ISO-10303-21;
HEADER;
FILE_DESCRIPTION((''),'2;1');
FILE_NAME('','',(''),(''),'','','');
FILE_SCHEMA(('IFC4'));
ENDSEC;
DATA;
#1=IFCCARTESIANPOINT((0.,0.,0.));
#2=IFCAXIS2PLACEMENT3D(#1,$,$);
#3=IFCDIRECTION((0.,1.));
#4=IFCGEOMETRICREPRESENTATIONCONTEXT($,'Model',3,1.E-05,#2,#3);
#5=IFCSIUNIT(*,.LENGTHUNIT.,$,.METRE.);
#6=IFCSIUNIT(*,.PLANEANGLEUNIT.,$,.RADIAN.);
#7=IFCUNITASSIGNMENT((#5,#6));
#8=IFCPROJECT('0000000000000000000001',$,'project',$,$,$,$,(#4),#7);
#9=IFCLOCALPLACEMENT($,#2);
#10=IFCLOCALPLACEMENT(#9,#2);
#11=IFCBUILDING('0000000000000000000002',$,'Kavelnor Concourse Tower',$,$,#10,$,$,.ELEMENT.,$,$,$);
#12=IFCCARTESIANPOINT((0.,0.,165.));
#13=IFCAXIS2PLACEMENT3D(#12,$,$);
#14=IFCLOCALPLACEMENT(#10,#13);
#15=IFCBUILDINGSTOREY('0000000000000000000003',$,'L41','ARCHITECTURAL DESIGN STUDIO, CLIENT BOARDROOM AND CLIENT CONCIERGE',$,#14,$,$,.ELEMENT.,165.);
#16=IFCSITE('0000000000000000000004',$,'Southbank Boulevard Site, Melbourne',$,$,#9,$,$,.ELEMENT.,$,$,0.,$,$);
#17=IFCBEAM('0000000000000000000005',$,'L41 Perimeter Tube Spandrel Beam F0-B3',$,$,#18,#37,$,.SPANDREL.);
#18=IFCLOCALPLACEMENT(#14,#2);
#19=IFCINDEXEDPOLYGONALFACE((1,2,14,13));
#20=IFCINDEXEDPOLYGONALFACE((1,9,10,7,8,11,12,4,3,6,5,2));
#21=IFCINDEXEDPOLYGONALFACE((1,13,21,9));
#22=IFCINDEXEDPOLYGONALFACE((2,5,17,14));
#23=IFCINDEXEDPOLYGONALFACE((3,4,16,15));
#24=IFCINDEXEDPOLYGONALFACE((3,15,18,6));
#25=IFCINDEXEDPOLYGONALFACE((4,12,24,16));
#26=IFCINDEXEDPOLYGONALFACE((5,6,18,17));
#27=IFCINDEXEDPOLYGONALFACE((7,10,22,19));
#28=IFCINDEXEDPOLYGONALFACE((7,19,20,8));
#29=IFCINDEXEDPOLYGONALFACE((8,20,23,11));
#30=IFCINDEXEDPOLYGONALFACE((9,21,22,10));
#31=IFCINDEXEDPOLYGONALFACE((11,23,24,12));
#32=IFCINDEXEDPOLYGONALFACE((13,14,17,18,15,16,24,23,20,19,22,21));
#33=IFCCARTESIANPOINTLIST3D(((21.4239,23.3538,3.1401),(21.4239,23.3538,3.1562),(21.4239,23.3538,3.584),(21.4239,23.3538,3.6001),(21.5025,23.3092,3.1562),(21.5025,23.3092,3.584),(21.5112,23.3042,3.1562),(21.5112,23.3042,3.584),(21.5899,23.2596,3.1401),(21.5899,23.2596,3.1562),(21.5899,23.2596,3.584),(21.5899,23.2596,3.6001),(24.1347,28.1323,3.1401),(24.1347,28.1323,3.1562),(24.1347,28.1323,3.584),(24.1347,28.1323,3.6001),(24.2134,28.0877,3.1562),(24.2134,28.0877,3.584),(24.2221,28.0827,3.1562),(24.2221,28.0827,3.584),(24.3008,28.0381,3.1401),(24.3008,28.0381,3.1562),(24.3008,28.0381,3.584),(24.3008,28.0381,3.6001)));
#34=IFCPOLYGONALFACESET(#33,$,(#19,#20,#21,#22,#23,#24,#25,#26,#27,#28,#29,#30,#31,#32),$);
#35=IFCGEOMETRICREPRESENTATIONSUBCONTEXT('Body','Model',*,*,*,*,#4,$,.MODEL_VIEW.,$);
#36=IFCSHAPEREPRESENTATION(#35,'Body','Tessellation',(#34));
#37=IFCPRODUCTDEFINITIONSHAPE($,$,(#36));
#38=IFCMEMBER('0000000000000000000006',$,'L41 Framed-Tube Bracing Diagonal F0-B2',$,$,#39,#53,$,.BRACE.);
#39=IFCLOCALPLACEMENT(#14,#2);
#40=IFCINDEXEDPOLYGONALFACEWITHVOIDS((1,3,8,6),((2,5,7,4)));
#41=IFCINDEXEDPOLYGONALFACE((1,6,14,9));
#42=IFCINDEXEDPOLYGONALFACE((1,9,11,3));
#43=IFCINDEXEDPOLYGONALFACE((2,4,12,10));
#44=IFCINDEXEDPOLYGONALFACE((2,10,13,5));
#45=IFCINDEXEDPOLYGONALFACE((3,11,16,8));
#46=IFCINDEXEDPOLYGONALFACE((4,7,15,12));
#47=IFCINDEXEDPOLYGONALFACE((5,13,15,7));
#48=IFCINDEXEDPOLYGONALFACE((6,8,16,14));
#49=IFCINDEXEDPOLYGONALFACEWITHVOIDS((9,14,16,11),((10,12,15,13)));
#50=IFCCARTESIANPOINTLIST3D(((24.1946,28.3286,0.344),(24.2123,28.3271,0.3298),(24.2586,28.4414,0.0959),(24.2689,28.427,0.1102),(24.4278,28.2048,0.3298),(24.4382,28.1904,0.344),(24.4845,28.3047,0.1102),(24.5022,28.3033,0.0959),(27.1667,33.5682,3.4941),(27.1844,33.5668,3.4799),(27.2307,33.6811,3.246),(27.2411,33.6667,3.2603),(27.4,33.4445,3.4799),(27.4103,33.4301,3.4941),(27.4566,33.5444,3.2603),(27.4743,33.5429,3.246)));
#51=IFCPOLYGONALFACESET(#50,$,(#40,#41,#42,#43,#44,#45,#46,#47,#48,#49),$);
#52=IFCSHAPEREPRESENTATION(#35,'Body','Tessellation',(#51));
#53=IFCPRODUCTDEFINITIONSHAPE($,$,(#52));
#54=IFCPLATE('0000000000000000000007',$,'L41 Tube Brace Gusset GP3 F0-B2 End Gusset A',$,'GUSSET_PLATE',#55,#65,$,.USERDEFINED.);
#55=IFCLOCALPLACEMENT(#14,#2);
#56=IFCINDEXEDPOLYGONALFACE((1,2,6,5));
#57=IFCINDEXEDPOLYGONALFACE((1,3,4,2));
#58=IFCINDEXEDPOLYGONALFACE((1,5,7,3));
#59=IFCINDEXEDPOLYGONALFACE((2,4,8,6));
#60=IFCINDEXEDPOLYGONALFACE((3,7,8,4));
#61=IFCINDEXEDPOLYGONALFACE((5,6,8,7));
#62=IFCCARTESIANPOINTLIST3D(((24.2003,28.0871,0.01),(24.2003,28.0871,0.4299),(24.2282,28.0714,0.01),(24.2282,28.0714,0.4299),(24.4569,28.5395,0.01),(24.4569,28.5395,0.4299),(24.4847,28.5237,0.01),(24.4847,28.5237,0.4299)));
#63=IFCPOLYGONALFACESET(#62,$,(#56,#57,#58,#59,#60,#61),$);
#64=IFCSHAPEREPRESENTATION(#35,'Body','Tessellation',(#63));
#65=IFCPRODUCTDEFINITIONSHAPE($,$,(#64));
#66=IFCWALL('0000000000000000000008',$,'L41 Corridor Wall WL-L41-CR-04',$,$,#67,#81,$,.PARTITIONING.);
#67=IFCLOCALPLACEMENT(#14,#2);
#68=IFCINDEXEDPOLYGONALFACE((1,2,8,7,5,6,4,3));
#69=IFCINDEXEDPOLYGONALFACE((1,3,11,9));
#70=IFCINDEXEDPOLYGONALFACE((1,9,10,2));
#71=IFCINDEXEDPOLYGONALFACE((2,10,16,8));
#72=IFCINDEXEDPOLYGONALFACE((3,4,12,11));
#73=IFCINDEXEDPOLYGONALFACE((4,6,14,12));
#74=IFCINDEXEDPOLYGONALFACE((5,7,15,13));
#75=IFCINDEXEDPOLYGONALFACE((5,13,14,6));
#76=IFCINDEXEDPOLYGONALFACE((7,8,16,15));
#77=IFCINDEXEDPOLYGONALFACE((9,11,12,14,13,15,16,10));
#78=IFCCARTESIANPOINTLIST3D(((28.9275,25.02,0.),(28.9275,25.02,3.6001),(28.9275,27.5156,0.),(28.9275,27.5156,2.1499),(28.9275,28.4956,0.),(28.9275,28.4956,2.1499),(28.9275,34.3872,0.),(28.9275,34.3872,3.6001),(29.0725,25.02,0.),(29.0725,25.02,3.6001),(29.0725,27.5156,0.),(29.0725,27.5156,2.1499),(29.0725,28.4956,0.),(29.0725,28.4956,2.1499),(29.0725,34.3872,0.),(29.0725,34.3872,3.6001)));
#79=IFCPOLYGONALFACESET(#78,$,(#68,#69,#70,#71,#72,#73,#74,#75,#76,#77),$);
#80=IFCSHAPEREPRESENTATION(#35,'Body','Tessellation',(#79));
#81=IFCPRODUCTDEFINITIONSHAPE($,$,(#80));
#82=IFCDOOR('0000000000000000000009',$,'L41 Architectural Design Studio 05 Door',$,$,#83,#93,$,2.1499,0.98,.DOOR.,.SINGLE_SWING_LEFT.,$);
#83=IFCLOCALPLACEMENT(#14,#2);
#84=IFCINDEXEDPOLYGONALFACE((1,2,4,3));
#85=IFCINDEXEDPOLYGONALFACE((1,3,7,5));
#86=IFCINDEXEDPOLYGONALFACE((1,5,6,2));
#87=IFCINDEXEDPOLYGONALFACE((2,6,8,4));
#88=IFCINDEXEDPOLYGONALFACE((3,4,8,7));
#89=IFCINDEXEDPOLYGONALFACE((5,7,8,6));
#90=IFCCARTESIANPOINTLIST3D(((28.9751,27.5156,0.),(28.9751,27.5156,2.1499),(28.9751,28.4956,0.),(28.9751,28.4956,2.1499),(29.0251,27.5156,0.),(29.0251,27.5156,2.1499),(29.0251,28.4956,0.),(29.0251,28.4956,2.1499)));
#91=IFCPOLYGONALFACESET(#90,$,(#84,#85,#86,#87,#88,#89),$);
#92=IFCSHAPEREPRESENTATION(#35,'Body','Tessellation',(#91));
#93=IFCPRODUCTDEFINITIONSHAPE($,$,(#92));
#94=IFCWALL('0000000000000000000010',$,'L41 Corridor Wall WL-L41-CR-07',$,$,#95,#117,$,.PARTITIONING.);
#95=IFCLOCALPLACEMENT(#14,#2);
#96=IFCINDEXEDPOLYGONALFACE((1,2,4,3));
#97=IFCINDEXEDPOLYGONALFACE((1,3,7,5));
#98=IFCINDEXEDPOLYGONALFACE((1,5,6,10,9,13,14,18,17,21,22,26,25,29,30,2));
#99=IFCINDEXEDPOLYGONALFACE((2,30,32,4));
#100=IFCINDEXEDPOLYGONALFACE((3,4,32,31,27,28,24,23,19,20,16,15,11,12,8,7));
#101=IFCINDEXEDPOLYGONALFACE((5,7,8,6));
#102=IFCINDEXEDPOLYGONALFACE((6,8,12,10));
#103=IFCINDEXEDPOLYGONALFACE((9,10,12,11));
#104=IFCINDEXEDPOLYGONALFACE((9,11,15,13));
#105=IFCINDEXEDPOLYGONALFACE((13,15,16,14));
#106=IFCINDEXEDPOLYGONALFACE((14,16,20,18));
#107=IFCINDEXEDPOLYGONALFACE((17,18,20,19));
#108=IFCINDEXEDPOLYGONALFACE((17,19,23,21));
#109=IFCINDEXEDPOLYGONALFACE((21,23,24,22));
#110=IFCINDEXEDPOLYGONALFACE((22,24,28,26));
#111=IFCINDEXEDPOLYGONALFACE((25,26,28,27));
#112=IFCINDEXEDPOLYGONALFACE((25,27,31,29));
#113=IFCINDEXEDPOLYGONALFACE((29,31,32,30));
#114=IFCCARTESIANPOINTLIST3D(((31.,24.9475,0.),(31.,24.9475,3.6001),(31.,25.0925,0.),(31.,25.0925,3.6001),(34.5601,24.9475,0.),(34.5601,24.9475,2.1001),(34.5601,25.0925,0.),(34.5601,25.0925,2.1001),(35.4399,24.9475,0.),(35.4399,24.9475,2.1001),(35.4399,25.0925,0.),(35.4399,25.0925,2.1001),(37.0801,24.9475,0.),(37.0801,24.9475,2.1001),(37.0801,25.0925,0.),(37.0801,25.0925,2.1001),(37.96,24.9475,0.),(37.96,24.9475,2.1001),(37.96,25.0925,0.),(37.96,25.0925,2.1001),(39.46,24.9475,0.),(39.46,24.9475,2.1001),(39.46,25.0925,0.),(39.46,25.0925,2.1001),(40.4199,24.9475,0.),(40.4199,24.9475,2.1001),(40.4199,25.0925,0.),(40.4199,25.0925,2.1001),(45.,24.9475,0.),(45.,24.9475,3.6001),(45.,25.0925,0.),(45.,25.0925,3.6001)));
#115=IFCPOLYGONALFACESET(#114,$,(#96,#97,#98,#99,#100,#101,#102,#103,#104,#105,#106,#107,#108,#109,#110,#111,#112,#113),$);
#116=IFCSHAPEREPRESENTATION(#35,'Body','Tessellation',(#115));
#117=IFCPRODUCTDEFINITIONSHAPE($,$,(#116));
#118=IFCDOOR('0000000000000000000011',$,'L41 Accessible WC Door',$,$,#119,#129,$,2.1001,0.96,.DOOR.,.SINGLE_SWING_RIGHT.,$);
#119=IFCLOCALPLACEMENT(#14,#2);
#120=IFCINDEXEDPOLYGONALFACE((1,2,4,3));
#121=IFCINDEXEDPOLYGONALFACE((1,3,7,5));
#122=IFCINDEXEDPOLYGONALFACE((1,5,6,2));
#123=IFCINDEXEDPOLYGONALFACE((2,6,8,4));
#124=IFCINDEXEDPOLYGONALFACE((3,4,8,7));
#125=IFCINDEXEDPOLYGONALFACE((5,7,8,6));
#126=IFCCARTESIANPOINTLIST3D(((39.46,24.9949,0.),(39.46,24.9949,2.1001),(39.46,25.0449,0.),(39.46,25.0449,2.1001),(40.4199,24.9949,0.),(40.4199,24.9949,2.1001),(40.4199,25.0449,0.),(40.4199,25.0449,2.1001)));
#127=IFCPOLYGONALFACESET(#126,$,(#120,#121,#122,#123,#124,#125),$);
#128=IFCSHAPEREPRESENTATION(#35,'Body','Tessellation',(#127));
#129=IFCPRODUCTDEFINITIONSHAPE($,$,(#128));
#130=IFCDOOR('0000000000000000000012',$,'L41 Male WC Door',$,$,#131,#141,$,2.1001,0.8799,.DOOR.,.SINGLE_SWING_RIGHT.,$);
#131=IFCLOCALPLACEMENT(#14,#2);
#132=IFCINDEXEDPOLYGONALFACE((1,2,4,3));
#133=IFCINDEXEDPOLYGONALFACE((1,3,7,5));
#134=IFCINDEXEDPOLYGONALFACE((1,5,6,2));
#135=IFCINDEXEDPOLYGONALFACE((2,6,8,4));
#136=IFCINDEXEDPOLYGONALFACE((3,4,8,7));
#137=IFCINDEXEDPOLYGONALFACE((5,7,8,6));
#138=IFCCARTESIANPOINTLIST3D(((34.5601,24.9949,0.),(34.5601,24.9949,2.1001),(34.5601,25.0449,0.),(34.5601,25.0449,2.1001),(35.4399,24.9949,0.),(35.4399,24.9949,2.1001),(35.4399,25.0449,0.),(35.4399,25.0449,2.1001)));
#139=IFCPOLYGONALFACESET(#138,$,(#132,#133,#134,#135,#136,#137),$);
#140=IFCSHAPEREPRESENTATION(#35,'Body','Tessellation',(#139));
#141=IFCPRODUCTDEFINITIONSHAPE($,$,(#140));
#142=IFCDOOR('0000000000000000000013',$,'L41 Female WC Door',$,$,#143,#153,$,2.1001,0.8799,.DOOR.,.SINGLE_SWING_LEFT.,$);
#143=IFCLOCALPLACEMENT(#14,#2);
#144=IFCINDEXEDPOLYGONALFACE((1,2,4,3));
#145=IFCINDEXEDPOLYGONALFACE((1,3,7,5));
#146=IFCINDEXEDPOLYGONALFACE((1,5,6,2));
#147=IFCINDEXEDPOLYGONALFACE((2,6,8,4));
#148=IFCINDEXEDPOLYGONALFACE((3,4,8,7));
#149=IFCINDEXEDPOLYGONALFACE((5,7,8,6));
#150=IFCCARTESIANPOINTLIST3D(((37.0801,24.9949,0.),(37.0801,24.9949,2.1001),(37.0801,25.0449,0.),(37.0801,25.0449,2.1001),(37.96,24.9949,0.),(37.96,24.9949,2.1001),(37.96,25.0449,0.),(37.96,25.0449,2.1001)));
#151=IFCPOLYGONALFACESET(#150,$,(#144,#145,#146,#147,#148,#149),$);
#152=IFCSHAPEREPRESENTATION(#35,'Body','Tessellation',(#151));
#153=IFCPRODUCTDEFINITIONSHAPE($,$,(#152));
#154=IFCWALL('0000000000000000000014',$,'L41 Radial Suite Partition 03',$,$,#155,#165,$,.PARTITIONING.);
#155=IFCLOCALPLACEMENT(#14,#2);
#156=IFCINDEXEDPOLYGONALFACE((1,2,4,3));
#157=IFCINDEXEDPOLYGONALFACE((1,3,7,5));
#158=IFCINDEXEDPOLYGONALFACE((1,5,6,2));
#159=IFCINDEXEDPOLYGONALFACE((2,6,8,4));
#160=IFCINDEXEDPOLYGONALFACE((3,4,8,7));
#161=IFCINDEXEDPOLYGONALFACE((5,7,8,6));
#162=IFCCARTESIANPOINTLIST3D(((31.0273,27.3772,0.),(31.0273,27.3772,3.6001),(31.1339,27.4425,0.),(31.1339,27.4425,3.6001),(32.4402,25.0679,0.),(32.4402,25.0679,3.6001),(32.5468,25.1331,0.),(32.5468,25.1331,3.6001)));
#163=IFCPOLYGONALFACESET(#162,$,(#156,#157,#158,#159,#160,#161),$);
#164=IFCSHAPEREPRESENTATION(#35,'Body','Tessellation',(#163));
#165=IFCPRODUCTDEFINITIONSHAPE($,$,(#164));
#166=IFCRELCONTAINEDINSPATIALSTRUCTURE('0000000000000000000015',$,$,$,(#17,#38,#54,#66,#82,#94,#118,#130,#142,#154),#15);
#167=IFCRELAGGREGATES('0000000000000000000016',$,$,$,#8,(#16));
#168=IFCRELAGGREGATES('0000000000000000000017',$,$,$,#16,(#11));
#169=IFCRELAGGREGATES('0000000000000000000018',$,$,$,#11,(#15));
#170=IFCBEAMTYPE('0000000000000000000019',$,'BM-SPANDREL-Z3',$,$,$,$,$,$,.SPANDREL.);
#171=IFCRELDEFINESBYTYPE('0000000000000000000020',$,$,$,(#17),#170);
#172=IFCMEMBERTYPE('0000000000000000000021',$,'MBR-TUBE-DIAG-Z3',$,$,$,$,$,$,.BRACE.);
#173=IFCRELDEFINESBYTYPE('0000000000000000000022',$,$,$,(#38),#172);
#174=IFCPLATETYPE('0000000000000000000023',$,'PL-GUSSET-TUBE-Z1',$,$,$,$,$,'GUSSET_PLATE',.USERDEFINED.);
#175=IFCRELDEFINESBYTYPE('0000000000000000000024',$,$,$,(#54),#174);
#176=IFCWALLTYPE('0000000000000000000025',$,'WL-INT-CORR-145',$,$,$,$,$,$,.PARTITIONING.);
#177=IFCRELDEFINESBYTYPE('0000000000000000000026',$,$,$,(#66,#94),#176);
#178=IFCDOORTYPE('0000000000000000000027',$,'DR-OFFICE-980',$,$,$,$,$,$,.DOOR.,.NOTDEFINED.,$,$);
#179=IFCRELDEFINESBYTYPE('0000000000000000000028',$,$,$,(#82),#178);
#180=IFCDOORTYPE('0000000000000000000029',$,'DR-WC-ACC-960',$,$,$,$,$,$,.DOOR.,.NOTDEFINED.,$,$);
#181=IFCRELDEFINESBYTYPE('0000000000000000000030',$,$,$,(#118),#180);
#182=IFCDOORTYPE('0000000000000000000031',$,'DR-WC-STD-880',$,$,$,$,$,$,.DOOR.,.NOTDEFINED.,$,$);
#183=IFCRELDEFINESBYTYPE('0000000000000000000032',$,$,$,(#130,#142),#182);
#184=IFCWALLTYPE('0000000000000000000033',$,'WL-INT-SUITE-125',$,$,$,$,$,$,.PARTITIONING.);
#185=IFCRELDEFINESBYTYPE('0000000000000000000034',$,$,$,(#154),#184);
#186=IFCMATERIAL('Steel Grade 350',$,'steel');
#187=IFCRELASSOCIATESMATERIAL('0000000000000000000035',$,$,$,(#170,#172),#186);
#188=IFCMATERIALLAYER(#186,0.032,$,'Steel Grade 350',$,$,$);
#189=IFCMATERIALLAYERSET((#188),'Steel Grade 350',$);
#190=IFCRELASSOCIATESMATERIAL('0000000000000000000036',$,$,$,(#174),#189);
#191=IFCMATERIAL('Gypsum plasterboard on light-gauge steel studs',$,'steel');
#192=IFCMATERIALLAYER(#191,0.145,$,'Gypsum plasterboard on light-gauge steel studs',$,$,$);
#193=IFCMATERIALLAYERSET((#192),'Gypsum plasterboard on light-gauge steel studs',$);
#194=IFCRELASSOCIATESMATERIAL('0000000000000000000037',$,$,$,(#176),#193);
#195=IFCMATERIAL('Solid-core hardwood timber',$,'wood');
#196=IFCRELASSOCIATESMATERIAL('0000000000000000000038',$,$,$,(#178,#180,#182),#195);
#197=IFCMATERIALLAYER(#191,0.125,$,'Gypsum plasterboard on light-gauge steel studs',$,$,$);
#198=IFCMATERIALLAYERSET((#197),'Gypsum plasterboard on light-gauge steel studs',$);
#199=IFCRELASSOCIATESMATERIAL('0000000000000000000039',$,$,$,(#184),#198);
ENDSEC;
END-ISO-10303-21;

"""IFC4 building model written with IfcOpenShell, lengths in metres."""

from ifc_helpers import new_model, si_unit, direction, frame, frame_2d, origin, origin_2d, place, context, subcontext, project, spatial, rectangle, hollow_rectangle, i_section, extrude, material, layer, layer_set, material_profile, profile_set, type_object, element, fill, save


model = new_model("IFC4")

# Units and contexts
model_context = context("Model", 3, precision=1e-05, world=origin(), true_north=direction((0.0, 1.0)))
body_context = subcontext(model_context, "Body", "Model", "MODEL_VIEW")
ifc_project = project(units=[si_unit("LENGTHUNIT", "METRE"), si_unit("PLANEANGLEUNIT", "RADIAN")], contexts=[model_context])

# Site, building, storey
site_placement = place(None, origin())
site = spatial("IfcSite", under=ifc_project, at=site_placement, Name="Southbank Boulevard Site, Melbourne", CompositionType="ELEMENT", RefElevation=0.0)
building_placement = place(site_placement, origin())
building = spatial("IfcBuilding", under=site, at=building_placement, Name="Kavelnor Concourse Tower", CompositionType="ELEMENT")
storey_placement = place(building_placement, frame((0.0, 0.0, 165.0)))
storey = spatial("IfcBuildingStorey", under=building, at=storey_placement, Name="L41", Description="ARCHITECTURAL DESIGN STUDIO, CLIENT BOARDROOM AND CLIENT CONCIERGE", CompositionType="ELEMENT", Elevation=165.0)

# Shared definitions
ifc_material_1 = material(Name="Steel Grade 350", Category="steel")

# Beam
ifc_material_profile_1 = material_profile(ifc_material_1, i_section(OverallWidth=0.1909, OverallDepth=0.46, WebThickness=0.01, FlangeThickness=0.0161, at=origin_2d()), Name="460UB82")
ifc_profile_set_1 = profile_set([ifc_material_profile_1], Name="Steel Grade 350")
beam_type_1 = type_object("IfcBeamType", Name="BM-SPANDREL-Z3", PredefinedType="SPANDREL", material=ifc_profile_set_1)
beam_1_placement = place(storey_placement, frame((24.2178, 28.0852, 3.3701), z_axis=(-0.493437, -0.869781, 0.0), x_axis=(0.869781, -0.493437, 0.0)))
element("IfcBeam", 1, at=beam_1_placement, inside=storey, type_object=beam_type_1, Name="L41 Perimeter Tube Spandrel Beam F0-B3", PredefinedType="SPANDREL", context=body_context, shape_type="SweptSolid", body=[
    extrude(i_section(OverallWidth=0.1909, OverallDepth=0.46, WebThickness=0.01, FlangeThickness=0.0161, at=origin_2d()), origin(), (0.0, 0.0, 1.0), 5.4939),
])

# Member
ifc_material_profile_2 = material_profile(ifc_material_1, hollow_rectangle(XDim=0.28, YDim=0.28, WallThickness=0.0161, at=origin_2d()), Name="SHS 280x280x16")
ifc_profile_set_2 = profile_set([ifc_material_profile_2], Name="Steel Grade 350")
member_type = type_object("IfcMemberType", Name="MBR-TUBE-DIAG-Z3", PredefinedType="BRACE", material=ifc_profile_set_2)
member_placement = place(storey_placement, frame((24.3484, 28.3159, 0.22), z_axis=(0.437215, 0.770783, 0.463396), x_axis=(-0.86981, 0.493387, 0.0)))
element("IfcMember", 2, at=member_placement, inside=storey, type_object=member_type, Name="L41 Framed-Tube Bracing Diagonal F0-B2", PredefinedType="BRACE", context=body_context, shape_type="SweptSolid", body=[
    extrude(hollow_rectangle(XDim=0.28, YDim=0.28, WallThickness=0.0161, at=origin_2d()), origin(), (0.0, 0.0, 1.0), 6.7979),
])

# Plate
ifc_layer_1 = layer(ifc_material_1, 0.032, Name="Steel Grade 350")
ifc_layer_set_1 = layer_set([ifc_layer_1], Name="Steel Grade 350")
plate_type = type_object("IfcPlateType", Name="PL-GUSSET-TUBE-Z1", ElementType="GUSSET_PLATE", PredefinedType="USERDEFINED", material=ifc_layer_set_1)
plate_placement = place(storey_placement, frame((24.3425, 28.3054, 0.01), z_axis=(0.0, 0.0, 1.0), x_axis=(0.493335, 0.86984, 0.0)))
element("IfcPlate", 3, at=plate_placement, inside=storey, type_object=plate_type, Name="L41 Tube Brace Gusset GP3 F0-B2 End Gusset A", ObjectType="GUSSET_PLATE", PredefinedType="USERDEFINED", context=body_context, shape_type="SweptSolid", body=[
    extrude(rectangle(XDim=0.52, YDim=0.032, at=origin_2d()), origin(), (0.0, 0.0, 1.0), 0.4199),
])

# Wall, opening, door
ifc_material_2 = material(Name="Gypsum plasterboard on light-gauge steel studs", Category="steel")
ifc_layer_2 = layer(ifc_material_2, 0.145, Name="Gypsum plasterboard on light-gauge steel studs")
ifc_layer_set_2 = layer_set([ifc_layer_2], Name="Gypsum plasterboard on light-gauge steel studs")
wall_type_1 = type_object("IfcWallType", Name="WL-INT-CORR-145", PredefinedType="PARTITIONING", material=ifc_layer_set_2)
wall_1_placement = place(storey_placement, frame((29.0, 25.02, 0.0), z_axis=(0.0, 0.0, 1.0), x_axis=(0.0, 1.0, 0.0)))
wall_1 = element("IfcWall", 4, at=wall_1_placement, inside=storey, type_object=wall_type_1, Name="L41 Corridor Wall WL-L41-CR-04", PredefinedType="PARTITIONING", context=body_context, shape_type="SweptSolid", body=[
    extrude(rectangle(XDim=9.3672, YDim=0.145, at=frame_2d((4.6836, 0.0))), origin(), (0.0, 0.0, 1.0), 3.6001),
])
opening_1_placement = place(wall_1_placement, frame((2.4956, 0.0, 0.0)))
opening_1 = element("IfcOpeningElement", 5, at=opening_1_placement, cuts=wall_1, PredefinedType="OPENING", context=body_context, shape_type="SweptSolid", body=[
    extrude(rectangle(XDim=0.98, YDim=2.1499, at=frame_2d((0.49, 1.075))), frame((0.0, 0.0825, 0.0), z_axis=(0.0, -1.0, 0.0), x_axis=(1.0, 0.0, 0.0)), (0.0, 0.0, 1.0), 0.165),
])
ifc_material_3 = material(Name="Solid-core hardwood timber", Category="wood")
door_type_1 = type_object("IfcDoorType", Name="DR-OFFICE-980", OperationType="NOTDEFINED", PredefinedType="DOOR", material=ifc_material_3)
door_1_placement = place(opening_1_placement, origin())
door_1 = element("IfcDoor", 6, at=door_1_placement, inside=storey, type_object=door_type_1, Name="L41 Architectural Design Studio 05 Door", OperationType="SINGLE_SWING_LEFT", OverallHeight=2.1499, OverallWidth=0.98, PredefinedType="DOOR", context=body_context, shape_type="SweptSolid", body=[
    extrude(rectangle(XDim=0.98, YDim=2.1499, at=frame_2d((0.49, 1.075))), frame((0.0, 0.0249, 0.0), z_axis=(0.0, -1.0, 0.0), x_axis=(1.0, 0.0, 0.0)), (0.0, 0.0, 1.0), 0.05),
])
fill(opening_1, door_1)

# Wall, openings, doors
wall_2_placement = place(storey_placement, frame((31.0, 25.02, 0.0), z_axis=(0.0, 0.0, 1.0), x_axis=(1.0, 0.0, 0.0)))
wall_2 = element("IfcWall", 7, at=wall_2_placement, inside=storey, type_object=wall_type_1, Name="L41 Corridor Wall WL-L41-CR-07", PredefinedType="PARTITIONING", context=body_context, shape_type="SweptSolid", body=[
    extrude(rectangle(XDim=14.0, YDim=0.145, at=frame_2d((7.0, 0.0))), origin(), (0.0, 0.0, 1.0), 3.6001),
])
opening_2_placement = place(wall_2_placement, frame((3.5601, 0.0, 0.0)))
opening_2 = element("IfcOpeningElement", 8, at=opening_2_placement, cuts=wall_2, PredefinedType="OPENING", context=body_context, shape_type="SweptSolid", body=[
    extrude(rectangle(XDim=0.8799, YDim=2.1001, at=frame_2d((0.4399, 1.05))), frame((0.0, 0.0825, 0.0), z_axis=(0.0, -1.0, 0.0), x_axis=(1.0, 0.0, 0.0)), (0.0, 0.0, 1.0), 0.165),
])
opening_3_placement = place(wall_2_placement, frame((6.0801, 0.0, 0.0)))
opening_3 = element("IfcOpeningElement", 9, at=opening_3_placement, cuts=wall_2, PredefinedType="OPENING", context=body_context, shape_type="SweptSolid", body=[
    extrude(rectangle(XDim=0.8799, YDim=2.1001, at=frame_2d((0.4399, 1.05))), frame((0.0, 0.0825, 0.0), z_axis=(0.0, -1.0, 0.0), x_axis=(1.0, 0.0, 0.0)), (0.0, 0.0, 1.0), 0.165),
])
opening_4_placement = place(wall_2_placement, frame((8.46, 0.0, 0.0)))
opening_4 = element("IfcOpeningElement", 10, at=opening_4_placement, cuts=wall_2, PredefinedType="OPENING", context=body_context, shape_type="SweptSolid", body=[
    extrude(rectangle(XDim=0.96, YDim=2.1001, at=frame_2d((0.48, 1.05))), frame((0.0, 0.0825, 0.0), z_axis=(0.0, -1.0, 0.0), x_axis=(1.0, 0.0, 0.0)), (0.0, 0.0, 1.0), 0.165),
])
door_type_2 = type_object("IfcDoorType", Name="DR-WC-ACC-960", OperationType="NOTDEFINED", PredefinedType="DOOR", material=ifc_material_3)
door_2_placement = place(opening_4_placement, origin())
door_2 = element("IfcDoor", 11, at=door_2_placement, inside=storey, type_object=door_type_2, Name="L41 Accessible WC Door", OperationType="SINGLE_SWING_RIGHT", OverallHeight=2.1001, OverallWidth=0.96, PredefinedType="DOOR", context=body_context, shape_type="SweptSolid", body=[
    extrude(rectangle(XDim=0.96, YDim=2.1001, at=frame_2d((0.48, 1.05))), frame((0.0, 0.0249, 0.0), z_axis=(0.0, -1.0, 0.0), x_axis=(1.0, 0.0, 0.0)), (0.0, 0.0, 1.0), 0.05),
])
fill(opening_4, door_2)
door_type_3 = type_object("IfcDoorType", Name="DR-WC-STD-880", OperationType="NOTDEFINED", PredefinedType="DOOR", material=ifc_material_3)
door_3_placement = place(opening_2_placement, origin())
door_3 = element("IfcDoor", 12, at=door_3_placement, inside=storey, type_object=door_type_3, Name="L41 Male WC Door", OperationType="SINGLE_SWING_RIGHT", OverallHeight=2.1001, OverallWidth=0.8799, PredefinedType="DOOR", context=body_context, shape_type="SweptSolid", body=[
    extrude(rectangle(XDim=0.8799, YDim=2.1001, at=frame_2d((0.4399, 1.05))), frame((0.0, 0.0249, 0.0), z_axis=(0.0, -1.0, 0.0), x_axis=(1.0, 0.0, 0.0)), (0.0, 0.0, 1.0), 0.05),
])
fill(opening_2, door_3)
door_4_placement = place(opening_3_placement, origin())
door_4 = element("IfcDoor", 13, at=door_4_placement, inside=storey, type_object=door_type_3, Name="L41 Female WC Door", OperationType="SINGLE_SWING_LEFT", OverallHeight=2.1001, OverallWidth=0.8799, PredefinedType="DOOR", context=body_context, shape_type="SweptSolid", body=[
    extrude(rectangle(XDim=0.8799, YDim=2.1001, at=frame_2d((0.4399, 1.05))), frame((0.0, 0.0249, 0.0), z_axis=(0.0, -1.0, 0.0), x_axis=(1.0, 0.0, 0.0)), (0.0, 0.0, 1.0), 0.05),
])
fill(opening_3, door_4)

# Wall
ifc_layer_3 = layer(ifc_material_2, 0.125, Name="Gypsum plasterboard on light-gauge steel studs")
ifc_layer_set_3 = layer_set([ifc_layer_3], Name="Gypsum plasterboard on light-gauge steel studs")
wall_type_2 = type_object("IfcWallType", Name="WL-INT-SUITE-125", PredefinedType="PARTITIONING", material=ifc_layer_set_3)
wall_3_placement = place(storey_placement, frame((32.4934, 25.1006, 0.0), z_axis=(0.0, 0.0, 1.0), x_axis=(-0.521877, 0.853021, 0.0)))
element("IfcWall", 14, at=wall_3_placement, inside=storey, type_object=wall_type_2, Name="L41 Radial Suite Partition 03", PredefinedType="PARTITIONING", context=body_context, shape_type="SweptSolid", body=[
    extrude(rectangle(XDim=2.7073, YDim=0.125, at=frame_2d((1.3535, 0.0))), origin(), (0.0, 0.0, 1.0), 3.6001),
])

save(model, "model.ifc")
